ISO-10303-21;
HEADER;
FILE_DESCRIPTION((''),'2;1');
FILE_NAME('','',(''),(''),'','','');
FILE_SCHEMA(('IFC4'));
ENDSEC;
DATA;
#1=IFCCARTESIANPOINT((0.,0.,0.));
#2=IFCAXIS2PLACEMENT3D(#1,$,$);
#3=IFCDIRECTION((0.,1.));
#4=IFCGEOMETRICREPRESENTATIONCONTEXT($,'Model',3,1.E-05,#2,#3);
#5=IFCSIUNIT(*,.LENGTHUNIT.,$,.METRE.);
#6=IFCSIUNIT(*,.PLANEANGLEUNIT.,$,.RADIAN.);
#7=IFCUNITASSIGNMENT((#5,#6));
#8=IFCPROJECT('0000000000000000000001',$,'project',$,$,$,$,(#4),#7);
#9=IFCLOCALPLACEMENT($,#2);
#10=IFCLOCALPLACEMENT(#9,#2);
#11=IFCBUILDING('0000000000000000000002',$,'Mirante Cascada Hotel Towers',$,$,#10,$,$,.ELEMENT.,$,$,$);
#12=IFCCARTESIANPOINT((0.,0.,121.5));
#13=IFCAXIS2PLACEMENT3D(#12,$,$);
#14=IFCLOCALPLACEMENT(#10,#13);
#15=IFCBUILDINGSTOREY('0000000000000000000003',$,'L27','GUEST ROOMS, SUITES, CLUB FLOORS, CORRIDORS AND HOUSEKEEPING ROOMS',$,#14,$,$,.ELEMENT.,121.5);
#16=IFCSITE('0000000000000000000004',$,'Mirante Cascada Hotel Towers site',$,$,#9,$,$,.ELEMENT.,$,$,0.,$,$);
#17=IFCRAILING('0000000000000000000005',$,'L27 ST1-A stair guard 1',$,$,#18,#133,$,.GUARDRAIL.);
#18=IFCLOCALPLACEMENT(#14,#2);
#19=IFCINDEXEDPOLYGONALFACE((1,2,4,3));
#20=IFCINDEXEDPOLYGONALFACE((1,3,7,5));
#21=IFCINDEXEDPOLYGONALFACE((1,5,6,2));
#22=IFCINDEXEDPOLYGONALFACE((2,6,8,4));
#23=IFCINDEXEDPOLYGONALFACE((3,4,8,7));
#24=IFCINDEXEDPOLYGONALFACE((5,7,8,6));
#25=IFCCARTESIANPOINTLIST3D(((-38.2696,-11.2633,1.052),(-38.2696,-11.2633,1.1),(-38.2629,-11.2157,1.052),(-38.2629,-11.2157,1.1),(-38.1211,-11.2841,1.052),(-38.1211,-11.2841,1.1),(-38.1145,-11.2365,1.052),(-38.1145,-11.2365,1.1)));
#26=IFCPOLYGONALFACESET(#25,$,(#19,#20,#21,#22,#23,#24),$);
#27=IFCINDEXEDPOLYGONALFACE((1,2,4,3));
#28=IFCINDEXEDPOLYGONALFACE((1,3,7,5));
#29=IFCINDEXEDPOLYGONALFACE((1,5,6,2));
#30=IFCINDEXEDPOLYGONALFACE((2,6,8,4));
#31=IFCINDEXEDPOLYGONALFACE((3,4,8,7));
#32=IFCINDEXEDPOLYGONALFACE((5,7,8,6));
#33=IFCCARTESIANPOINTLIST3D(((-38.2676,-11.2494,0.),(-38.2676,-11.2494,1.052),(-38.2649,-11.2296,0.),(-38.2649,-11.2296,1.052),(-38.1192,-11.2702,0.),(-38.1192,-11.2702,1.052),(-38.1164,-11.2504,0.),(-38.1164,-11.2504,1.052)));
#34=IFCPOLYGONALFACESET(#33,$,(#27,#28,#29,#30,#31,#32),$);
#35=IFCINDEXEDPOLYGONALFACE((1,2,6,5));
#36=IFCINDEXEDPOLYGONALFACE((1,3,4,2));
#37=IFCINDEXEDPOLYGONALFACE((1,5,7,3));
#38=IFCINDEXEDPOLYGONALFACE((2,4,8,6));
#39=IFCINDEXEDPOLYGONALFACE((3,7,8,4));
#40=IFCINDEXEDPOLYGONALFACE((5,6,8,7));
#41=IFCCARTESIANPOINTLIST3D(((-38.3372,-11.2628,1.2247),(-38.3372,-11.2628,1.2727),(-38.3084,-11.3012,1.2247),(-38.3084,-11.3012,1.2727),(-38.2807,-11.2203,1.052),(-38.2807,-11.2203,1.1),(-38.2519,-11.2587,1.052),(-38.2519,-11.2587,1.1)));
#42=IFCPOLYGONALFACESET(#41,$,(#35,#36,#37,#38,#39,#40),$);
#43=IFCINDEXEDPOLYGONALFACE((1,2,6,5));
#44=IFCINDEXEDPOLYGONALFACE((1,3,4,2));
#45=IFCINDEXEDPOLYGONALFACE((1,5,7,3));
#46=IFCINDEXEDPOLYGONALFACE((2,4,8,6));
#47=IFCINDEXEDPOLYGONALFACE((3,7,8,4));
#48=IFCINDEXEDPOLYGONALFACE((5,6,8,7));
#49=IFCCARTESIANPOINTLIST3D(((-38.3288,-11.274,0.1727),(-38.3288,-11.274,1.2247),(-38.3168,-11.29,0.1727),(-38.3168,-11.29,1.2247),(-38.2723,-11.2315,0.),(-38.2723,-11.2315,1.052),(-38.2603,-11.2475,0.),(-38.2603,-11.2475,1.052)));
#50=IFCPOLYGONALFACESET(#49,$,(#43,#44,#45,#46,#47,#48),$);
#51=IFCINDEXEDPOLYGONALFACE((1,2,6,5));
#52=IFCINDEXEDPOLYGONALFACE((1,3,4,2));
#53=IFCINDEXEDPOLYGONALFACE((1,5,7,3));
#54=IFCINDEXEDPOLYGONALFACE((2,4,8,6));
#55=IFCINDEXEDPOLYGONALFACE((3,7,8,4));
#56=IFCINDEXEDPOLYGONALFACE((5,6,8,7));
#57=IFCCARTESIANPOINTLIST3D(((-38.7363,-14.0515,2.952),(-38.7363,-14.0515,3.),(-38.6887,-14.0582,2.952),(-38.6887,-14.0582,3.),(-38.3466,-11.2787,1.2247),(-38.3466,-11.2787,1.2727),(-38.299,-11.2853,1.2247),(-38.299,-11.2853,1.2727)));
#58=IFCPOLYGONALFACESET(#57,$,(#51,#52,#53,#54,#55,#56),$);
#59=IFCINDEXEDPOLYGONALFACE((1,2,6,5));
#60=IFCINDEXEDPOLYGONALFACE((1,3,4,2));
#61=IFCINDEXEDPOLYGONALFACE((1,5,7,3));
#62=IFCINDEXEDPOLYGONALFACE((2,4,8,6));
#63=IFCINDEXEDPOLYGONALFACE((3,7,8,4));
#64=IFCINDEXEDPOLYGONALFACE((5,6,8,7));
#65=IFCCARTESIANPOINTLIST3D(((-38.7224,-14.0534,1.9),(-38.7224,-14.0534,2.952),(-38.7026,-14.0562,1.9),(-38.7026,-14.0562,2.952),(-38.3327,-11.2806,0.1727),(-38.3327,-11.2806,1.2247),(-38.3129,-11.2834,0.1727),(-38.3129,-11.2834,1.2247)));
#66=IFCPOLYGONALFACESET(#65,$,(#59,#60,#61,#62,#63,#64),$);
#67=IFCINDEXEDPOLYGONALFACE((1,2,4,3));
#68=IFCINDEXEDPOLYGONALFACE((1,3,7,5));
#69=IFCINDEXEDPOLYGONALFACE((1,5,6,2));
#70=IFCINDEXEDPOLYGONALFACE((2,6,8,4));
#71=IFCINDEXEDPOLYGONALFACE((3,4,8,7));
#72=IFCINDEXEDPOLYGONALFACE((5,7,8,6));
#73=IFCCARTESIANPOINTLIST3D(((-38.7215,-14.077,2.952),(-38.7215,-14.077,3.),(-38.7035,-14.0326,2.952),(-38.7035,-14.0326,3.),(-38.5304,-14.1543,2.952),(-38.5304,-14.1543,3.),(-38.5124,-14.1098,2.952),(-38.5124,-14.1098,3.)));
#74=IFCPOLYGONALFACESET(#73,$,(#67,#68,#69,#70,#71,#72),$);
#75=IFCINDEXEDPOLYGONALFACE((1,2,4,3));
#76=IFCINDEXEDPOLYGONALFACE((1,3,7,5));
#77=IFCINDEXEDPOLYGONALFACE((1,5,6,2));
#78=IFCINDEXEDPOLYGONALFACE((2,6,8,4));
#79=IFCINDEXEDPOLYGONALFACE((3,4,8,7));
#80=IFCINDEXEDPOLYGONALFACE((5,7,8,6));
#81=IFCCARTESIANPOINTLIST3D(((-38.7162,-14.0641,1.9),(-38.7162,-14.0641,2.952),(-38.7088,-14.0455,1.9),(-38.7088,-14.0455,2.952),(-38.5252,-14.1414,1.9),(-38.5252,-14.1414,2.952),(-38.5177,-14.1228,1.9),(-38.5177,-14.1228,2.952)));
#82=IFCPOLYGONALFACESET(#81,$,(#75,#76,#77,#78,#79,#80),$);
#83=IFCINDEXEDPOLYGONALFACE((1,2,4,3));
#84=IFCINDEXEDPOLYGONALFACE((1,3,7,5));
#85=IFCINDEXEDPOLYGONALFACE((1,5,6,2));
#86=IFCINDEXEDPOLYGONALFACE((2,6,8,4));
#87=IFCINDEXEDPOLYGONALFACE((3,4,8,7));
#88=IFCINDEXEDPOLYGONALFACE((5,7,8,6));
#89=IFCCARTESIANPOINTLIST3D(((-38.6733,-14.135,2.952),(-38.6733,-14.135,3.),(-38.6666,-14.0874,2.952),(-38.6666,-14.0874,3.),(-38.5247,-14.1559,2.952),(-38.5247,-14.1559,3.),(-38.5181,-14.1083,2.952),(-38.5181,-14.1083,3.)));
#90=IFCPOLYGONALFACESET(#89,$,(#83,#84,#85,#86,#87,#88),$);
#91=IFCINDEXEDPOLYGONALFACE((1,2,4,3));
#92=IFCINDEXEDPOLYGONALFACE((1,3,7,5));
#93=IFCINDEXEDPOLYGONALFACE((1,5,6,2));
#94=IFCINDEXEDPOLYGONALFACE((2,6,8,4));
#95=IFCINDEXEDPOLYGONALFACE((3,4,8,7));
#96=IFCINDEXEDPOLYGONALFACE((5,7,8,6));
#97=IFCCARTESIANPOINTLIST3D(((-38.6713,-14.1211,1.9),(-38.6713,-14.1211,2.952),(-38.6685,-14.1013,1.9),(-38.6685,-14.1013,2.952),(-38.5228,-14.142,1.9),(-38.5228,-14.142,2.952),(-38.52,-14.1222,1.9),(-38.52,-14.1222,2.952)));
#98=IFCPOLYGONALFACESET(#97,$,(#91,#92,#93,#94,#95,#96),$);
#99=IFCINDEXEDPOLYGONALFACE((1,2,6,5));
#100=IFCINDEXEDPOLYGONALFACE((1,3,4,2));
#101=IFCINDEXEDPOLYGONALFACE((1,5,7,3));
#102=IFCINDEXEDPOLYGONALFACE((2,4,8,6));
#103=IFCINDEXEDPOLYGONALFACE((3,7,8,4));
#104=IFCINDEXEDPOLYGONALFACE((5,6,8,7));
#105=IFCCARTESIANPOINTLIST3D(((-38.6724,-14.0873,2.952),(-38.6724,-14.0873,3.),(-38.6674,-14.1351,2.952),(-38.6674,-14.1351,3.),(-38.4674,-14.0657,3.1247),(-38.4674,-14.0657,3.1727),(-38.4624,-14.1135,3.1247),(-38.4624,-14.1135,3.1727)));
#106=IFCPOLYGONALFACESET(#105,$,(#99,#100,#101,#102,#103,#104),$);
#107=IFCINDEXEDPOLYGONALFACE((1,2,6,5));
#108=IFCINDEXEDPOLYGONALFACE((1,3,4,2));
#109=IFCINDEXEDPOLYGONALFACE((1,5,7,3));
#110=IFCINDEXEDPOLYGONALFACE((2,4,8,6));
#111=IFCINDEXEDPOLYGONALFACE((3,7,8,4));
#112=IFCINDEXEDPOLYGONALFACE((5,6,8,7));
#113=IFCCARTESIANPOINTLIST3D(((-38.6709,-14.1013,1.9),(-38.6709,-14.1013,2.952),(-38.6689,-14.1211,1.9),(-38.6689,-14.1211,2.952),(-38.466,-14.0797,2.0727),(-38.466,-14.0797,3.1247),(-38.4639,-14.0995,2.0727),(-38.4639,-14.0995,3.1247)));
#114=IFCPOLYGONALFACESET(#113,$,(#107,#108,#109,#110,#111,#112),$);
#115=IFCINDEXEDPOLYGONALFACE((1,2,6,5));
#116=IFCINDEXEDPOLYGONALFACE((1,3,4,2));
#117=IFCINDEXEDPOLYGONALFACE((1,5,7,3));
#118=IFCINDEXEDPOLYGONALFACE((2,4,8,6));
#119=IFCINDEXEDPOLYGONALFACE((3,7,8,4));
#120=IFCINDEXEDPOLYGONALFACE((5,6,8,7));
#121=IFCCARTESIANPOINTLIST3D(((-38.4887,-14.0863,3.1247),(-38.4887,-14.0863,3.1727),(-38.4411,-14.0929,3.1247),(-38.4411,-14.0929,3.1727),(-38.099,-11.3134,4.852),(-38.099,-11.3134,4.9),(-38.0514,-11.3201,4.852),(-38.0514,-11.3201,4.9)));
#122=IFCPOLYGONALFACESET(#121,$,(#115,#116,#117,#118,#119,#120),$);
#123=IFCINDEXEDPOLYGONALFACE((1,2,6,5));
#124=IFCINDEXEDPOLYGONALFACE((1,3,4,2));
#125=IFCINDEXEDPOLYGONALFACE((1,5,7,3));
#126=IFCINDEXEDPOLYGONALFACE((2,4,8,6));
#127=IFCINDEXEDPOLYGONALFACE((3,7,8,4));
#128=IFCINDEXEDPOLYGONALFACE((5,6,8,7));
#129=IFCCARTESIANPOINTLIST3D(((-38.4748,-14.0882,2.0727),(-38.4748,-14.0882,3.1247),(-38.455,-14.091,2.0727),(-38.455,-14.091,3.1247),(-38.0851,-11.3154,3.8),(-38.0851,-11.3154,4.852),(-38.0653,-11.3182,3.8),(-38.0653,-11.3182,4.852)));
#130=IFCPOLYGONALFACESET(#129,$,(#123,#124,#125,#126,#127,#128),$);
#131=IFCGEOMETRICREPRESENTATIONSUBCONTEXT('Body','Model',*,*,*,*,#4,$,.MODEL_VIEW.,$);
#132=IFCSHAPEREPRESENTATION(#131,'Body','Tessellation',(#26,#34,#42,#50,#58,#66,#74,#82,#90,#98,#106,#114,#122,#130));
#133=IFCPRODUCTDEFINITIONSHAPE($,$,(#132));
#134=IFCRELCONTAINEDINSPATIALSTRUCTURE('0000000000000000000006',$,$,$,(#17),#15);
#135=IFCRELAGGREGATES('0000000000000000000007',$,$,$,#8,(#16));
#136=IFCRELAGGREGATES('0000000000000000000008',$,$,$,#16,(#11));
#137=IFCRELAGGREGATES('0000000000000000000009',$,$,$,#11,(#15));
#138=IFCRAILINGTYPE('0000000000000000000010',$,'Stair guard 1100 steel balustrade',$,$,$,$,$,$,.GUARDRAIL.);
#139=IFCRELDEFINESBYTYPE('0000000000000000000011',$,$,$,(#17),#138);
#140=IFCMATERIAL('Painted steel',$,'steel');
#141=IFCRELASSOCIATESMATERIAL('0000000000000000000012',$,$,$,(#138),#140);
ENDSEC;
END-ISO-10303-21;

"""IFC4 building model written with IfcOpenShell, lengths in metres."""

from ifc_helpers import new_model, si_unit, direction, frame, origin, origin_2d, place, context, subcontext, project, spatial, rectangle, extrude, material, type_object, element, save


model = new_model("IFC4")

# Units and contexts
model_context = context("Model", 3, precision=1e-05, world=origin(), true_north=direction((0.0, 1.0)))
body_context = subcontext(model_context, "Body", "Model", "MODEL_VIEW")
ifc_project = project(units=[si_unit("LENGTHUNIT", "METRE"), si_unit("PLANEANGLEUNIT", "RADIAN")], contexts=[model_context])

# Site, building, storey
site_placement = place(None, origin())
site = spatial("IfcSite", under=ifc_project, at=site_placement, Name="Mirante Cascada Hotel Towers site", CompositionType="ELEMENT", RefElevation=0.0)
building_placement = place(site_placement, origin())
building = spatial("IfcBuilding", under=site, at=building_placement, Name="Mirante Cascada Hotel Towers", CompositionType="ELEMENT")
storey_placement = place(building_placement, frame((0.0, 0.0, 121.5)))
storey = spatial("IfcBuildingStorey", under=building, at=storey_placement, Name="L27", Description="GUEST ROOMS, SUITES, CLUB FLOORS, CORRIDORS AND HOUSEKEEPING ROOMS", CompositionType="ELEMENT", Elevation=121.5)

# Railing
ifc_material_1 = material(Name="Painted steel", Category="steel")
railing_type = type_object("IfcRailingType", Name="Stair guard 1100 steel balustrade", PredefinedType="GUARDRAIL", material=ifc_material_1)
railing_placement = place(storey_placement, frame((-38.1178, -11.2603, 0.0)))
element("IfcRailing", 1, at=railing_placement, inside=storey, type_object=railing_type, Name="L27 ST1-A stair guard 1", PredefinedType="GUARDRAIL", context=body_context, shape_type="SweptSolid", body=[
    extrude(rectangle(XDim=0.048, YDim=0.048, at=origin_2d()), frame((0.0, 0.0, 1.076), z_axis=(-0.990333, 0.138713, 0.0), x_axis=(-0.138713, -0.990333, 0.0)), (0.0, 0.0, 1.0), 0.1499),
    extrude(rectangle(XDim=0.02, YDim=1.052, at=origin_2d()), frame((0.0, 0.0, 0.526), z_axis=(-0.990333, 0.138713, 0.0), x_axis=(-0.138713, -0.990333, 0.0)), (0.0, 0.0, 1.0), 0.1499),
    extrude(rectangle(XDim=0.048, YDim=0.048, at=origin_2d()), frame((-0.1485, 0.0208, 1.076), z_axis=(-0.79915, -0.601131, 0.0), x_axis=(0.601131, -0.79915, 0.0)), (0.0, 0.925453, 0.378863), 0.1866),
    extrude(rectangle(XDim=0.02, YDim=1.052, at=origin_2d()), frame((-0.1485, 0.0208, 0.526), z_axis=(-0.79915, -0.601131, 0.0), x_axis=(0.601131, -0.79915, 0.0)), (0.0, 0.925453, 0.378863), 0.1866),
    extrude(rectangle(XDim=0.048, YDim=0.048, at=origin_2d()), frame((-0.205, -0.0217, 1.2487), z_axis=(-0.139176, -0.990268, 0.0), x_axis=(0.990268, -0.139176, 0.0)), (0.0, 0.525021, 0.851089), 3.29),
    extrude(rectangle(XDim=0.02, YDim=1.052, at=origin_2d()), frame((-0.205, -0.0217, 0.6987), z_axis=(-0.139176, -0.990268, 0.0), x_axis=(0.990268, -0.139176, 0.0)), (0.0, 0.525021, 0.851089), 3.29),
    extrude(rectangle(XDim=0.048, YDim=0.048, at=origin_2d()), frame((-0.5947, -2.7945, 2.976), z_axis=(0.927031, -0.374984, 0.0), x_axis=(0.374984, 0.927031, 0.0)), (0.0, 0.0, 1.0), 0.2061),
    extrude(rectangle(XDim=0.02, YDim=1.052, at=origin_2d()), frame((-0.5947, -2.7945, 2.426), z_axis=(0.927031, -0.374984, 0.0), x_axis=(0.374984, 0.927031, 0.0)), (0.0, 0.0, 1.0), 0.2061),
    extrude(rectangle(XDim=0.048, YDim=0.048, at=origin_2d()), frame((-0.4036, -2.8718, 2.976), z_axis=(-0.990241, 0.139367, 0.0), x_axis=(-0.139367, -0.990241, 0.0)), (0.0, 0.0, 1.0), 0.15),
    extrude(rectangle(XDim=0.02, YDim=1.052, at=origin_2d()), frame((-0.4036, -2.8718, 2.426), z_axis=(-0.990241, 0.139367, 0.0), x_axis=(-0.139367, -0.990241, 0.0)), (0.0, 0.0, 1.0), 0.15),
    extrude(rectangle(XDim=0.048, YDim=0.048, at=origin_2d()), frame((-0.5521, -2.8509, 2.976), z_axis=(0.994495, 0.104786, 0.0), x_axis=(-0.104786, 0.994495, 0.0)), (0.0, 0.642203, 0.766534), 0.2689),
    extrude(rectangle(XDim=0.02, YDim=1.052, at=origin_2d()), frame((-0.5521, -2.8509, 2.426), z_axis=(0.994495, 0.104786, 0.0), x_axis=(-0.104786, 0.994495, 0.0)), (0.0, 0.642203, 0.766534), 0.2689),
    extrude(rectangle(XDim=0.048, YDim=0.048, at=origin_2d()), frame((-0.3471, -2.8293, 3.1487), z_axis=(0.139176, 0.990268, 0.0), x_axis=(-0.990268, 0.139176, 0.0)), (0.0, 0.525021, 0.851089), 3.29),
    extrude(rectangle(XDim=0.02, YDim=1.052, at=origin_2d()), frame((-0.3471, -2.8293, 2.5987), z_axis=(0.139176, 0.990268, 0.0), x_axis=(-0.990268, 0.139176, 0.0)), (0.0, 0.525021, 0.851089), 3.29),
])

save(model, "model.ifc")
